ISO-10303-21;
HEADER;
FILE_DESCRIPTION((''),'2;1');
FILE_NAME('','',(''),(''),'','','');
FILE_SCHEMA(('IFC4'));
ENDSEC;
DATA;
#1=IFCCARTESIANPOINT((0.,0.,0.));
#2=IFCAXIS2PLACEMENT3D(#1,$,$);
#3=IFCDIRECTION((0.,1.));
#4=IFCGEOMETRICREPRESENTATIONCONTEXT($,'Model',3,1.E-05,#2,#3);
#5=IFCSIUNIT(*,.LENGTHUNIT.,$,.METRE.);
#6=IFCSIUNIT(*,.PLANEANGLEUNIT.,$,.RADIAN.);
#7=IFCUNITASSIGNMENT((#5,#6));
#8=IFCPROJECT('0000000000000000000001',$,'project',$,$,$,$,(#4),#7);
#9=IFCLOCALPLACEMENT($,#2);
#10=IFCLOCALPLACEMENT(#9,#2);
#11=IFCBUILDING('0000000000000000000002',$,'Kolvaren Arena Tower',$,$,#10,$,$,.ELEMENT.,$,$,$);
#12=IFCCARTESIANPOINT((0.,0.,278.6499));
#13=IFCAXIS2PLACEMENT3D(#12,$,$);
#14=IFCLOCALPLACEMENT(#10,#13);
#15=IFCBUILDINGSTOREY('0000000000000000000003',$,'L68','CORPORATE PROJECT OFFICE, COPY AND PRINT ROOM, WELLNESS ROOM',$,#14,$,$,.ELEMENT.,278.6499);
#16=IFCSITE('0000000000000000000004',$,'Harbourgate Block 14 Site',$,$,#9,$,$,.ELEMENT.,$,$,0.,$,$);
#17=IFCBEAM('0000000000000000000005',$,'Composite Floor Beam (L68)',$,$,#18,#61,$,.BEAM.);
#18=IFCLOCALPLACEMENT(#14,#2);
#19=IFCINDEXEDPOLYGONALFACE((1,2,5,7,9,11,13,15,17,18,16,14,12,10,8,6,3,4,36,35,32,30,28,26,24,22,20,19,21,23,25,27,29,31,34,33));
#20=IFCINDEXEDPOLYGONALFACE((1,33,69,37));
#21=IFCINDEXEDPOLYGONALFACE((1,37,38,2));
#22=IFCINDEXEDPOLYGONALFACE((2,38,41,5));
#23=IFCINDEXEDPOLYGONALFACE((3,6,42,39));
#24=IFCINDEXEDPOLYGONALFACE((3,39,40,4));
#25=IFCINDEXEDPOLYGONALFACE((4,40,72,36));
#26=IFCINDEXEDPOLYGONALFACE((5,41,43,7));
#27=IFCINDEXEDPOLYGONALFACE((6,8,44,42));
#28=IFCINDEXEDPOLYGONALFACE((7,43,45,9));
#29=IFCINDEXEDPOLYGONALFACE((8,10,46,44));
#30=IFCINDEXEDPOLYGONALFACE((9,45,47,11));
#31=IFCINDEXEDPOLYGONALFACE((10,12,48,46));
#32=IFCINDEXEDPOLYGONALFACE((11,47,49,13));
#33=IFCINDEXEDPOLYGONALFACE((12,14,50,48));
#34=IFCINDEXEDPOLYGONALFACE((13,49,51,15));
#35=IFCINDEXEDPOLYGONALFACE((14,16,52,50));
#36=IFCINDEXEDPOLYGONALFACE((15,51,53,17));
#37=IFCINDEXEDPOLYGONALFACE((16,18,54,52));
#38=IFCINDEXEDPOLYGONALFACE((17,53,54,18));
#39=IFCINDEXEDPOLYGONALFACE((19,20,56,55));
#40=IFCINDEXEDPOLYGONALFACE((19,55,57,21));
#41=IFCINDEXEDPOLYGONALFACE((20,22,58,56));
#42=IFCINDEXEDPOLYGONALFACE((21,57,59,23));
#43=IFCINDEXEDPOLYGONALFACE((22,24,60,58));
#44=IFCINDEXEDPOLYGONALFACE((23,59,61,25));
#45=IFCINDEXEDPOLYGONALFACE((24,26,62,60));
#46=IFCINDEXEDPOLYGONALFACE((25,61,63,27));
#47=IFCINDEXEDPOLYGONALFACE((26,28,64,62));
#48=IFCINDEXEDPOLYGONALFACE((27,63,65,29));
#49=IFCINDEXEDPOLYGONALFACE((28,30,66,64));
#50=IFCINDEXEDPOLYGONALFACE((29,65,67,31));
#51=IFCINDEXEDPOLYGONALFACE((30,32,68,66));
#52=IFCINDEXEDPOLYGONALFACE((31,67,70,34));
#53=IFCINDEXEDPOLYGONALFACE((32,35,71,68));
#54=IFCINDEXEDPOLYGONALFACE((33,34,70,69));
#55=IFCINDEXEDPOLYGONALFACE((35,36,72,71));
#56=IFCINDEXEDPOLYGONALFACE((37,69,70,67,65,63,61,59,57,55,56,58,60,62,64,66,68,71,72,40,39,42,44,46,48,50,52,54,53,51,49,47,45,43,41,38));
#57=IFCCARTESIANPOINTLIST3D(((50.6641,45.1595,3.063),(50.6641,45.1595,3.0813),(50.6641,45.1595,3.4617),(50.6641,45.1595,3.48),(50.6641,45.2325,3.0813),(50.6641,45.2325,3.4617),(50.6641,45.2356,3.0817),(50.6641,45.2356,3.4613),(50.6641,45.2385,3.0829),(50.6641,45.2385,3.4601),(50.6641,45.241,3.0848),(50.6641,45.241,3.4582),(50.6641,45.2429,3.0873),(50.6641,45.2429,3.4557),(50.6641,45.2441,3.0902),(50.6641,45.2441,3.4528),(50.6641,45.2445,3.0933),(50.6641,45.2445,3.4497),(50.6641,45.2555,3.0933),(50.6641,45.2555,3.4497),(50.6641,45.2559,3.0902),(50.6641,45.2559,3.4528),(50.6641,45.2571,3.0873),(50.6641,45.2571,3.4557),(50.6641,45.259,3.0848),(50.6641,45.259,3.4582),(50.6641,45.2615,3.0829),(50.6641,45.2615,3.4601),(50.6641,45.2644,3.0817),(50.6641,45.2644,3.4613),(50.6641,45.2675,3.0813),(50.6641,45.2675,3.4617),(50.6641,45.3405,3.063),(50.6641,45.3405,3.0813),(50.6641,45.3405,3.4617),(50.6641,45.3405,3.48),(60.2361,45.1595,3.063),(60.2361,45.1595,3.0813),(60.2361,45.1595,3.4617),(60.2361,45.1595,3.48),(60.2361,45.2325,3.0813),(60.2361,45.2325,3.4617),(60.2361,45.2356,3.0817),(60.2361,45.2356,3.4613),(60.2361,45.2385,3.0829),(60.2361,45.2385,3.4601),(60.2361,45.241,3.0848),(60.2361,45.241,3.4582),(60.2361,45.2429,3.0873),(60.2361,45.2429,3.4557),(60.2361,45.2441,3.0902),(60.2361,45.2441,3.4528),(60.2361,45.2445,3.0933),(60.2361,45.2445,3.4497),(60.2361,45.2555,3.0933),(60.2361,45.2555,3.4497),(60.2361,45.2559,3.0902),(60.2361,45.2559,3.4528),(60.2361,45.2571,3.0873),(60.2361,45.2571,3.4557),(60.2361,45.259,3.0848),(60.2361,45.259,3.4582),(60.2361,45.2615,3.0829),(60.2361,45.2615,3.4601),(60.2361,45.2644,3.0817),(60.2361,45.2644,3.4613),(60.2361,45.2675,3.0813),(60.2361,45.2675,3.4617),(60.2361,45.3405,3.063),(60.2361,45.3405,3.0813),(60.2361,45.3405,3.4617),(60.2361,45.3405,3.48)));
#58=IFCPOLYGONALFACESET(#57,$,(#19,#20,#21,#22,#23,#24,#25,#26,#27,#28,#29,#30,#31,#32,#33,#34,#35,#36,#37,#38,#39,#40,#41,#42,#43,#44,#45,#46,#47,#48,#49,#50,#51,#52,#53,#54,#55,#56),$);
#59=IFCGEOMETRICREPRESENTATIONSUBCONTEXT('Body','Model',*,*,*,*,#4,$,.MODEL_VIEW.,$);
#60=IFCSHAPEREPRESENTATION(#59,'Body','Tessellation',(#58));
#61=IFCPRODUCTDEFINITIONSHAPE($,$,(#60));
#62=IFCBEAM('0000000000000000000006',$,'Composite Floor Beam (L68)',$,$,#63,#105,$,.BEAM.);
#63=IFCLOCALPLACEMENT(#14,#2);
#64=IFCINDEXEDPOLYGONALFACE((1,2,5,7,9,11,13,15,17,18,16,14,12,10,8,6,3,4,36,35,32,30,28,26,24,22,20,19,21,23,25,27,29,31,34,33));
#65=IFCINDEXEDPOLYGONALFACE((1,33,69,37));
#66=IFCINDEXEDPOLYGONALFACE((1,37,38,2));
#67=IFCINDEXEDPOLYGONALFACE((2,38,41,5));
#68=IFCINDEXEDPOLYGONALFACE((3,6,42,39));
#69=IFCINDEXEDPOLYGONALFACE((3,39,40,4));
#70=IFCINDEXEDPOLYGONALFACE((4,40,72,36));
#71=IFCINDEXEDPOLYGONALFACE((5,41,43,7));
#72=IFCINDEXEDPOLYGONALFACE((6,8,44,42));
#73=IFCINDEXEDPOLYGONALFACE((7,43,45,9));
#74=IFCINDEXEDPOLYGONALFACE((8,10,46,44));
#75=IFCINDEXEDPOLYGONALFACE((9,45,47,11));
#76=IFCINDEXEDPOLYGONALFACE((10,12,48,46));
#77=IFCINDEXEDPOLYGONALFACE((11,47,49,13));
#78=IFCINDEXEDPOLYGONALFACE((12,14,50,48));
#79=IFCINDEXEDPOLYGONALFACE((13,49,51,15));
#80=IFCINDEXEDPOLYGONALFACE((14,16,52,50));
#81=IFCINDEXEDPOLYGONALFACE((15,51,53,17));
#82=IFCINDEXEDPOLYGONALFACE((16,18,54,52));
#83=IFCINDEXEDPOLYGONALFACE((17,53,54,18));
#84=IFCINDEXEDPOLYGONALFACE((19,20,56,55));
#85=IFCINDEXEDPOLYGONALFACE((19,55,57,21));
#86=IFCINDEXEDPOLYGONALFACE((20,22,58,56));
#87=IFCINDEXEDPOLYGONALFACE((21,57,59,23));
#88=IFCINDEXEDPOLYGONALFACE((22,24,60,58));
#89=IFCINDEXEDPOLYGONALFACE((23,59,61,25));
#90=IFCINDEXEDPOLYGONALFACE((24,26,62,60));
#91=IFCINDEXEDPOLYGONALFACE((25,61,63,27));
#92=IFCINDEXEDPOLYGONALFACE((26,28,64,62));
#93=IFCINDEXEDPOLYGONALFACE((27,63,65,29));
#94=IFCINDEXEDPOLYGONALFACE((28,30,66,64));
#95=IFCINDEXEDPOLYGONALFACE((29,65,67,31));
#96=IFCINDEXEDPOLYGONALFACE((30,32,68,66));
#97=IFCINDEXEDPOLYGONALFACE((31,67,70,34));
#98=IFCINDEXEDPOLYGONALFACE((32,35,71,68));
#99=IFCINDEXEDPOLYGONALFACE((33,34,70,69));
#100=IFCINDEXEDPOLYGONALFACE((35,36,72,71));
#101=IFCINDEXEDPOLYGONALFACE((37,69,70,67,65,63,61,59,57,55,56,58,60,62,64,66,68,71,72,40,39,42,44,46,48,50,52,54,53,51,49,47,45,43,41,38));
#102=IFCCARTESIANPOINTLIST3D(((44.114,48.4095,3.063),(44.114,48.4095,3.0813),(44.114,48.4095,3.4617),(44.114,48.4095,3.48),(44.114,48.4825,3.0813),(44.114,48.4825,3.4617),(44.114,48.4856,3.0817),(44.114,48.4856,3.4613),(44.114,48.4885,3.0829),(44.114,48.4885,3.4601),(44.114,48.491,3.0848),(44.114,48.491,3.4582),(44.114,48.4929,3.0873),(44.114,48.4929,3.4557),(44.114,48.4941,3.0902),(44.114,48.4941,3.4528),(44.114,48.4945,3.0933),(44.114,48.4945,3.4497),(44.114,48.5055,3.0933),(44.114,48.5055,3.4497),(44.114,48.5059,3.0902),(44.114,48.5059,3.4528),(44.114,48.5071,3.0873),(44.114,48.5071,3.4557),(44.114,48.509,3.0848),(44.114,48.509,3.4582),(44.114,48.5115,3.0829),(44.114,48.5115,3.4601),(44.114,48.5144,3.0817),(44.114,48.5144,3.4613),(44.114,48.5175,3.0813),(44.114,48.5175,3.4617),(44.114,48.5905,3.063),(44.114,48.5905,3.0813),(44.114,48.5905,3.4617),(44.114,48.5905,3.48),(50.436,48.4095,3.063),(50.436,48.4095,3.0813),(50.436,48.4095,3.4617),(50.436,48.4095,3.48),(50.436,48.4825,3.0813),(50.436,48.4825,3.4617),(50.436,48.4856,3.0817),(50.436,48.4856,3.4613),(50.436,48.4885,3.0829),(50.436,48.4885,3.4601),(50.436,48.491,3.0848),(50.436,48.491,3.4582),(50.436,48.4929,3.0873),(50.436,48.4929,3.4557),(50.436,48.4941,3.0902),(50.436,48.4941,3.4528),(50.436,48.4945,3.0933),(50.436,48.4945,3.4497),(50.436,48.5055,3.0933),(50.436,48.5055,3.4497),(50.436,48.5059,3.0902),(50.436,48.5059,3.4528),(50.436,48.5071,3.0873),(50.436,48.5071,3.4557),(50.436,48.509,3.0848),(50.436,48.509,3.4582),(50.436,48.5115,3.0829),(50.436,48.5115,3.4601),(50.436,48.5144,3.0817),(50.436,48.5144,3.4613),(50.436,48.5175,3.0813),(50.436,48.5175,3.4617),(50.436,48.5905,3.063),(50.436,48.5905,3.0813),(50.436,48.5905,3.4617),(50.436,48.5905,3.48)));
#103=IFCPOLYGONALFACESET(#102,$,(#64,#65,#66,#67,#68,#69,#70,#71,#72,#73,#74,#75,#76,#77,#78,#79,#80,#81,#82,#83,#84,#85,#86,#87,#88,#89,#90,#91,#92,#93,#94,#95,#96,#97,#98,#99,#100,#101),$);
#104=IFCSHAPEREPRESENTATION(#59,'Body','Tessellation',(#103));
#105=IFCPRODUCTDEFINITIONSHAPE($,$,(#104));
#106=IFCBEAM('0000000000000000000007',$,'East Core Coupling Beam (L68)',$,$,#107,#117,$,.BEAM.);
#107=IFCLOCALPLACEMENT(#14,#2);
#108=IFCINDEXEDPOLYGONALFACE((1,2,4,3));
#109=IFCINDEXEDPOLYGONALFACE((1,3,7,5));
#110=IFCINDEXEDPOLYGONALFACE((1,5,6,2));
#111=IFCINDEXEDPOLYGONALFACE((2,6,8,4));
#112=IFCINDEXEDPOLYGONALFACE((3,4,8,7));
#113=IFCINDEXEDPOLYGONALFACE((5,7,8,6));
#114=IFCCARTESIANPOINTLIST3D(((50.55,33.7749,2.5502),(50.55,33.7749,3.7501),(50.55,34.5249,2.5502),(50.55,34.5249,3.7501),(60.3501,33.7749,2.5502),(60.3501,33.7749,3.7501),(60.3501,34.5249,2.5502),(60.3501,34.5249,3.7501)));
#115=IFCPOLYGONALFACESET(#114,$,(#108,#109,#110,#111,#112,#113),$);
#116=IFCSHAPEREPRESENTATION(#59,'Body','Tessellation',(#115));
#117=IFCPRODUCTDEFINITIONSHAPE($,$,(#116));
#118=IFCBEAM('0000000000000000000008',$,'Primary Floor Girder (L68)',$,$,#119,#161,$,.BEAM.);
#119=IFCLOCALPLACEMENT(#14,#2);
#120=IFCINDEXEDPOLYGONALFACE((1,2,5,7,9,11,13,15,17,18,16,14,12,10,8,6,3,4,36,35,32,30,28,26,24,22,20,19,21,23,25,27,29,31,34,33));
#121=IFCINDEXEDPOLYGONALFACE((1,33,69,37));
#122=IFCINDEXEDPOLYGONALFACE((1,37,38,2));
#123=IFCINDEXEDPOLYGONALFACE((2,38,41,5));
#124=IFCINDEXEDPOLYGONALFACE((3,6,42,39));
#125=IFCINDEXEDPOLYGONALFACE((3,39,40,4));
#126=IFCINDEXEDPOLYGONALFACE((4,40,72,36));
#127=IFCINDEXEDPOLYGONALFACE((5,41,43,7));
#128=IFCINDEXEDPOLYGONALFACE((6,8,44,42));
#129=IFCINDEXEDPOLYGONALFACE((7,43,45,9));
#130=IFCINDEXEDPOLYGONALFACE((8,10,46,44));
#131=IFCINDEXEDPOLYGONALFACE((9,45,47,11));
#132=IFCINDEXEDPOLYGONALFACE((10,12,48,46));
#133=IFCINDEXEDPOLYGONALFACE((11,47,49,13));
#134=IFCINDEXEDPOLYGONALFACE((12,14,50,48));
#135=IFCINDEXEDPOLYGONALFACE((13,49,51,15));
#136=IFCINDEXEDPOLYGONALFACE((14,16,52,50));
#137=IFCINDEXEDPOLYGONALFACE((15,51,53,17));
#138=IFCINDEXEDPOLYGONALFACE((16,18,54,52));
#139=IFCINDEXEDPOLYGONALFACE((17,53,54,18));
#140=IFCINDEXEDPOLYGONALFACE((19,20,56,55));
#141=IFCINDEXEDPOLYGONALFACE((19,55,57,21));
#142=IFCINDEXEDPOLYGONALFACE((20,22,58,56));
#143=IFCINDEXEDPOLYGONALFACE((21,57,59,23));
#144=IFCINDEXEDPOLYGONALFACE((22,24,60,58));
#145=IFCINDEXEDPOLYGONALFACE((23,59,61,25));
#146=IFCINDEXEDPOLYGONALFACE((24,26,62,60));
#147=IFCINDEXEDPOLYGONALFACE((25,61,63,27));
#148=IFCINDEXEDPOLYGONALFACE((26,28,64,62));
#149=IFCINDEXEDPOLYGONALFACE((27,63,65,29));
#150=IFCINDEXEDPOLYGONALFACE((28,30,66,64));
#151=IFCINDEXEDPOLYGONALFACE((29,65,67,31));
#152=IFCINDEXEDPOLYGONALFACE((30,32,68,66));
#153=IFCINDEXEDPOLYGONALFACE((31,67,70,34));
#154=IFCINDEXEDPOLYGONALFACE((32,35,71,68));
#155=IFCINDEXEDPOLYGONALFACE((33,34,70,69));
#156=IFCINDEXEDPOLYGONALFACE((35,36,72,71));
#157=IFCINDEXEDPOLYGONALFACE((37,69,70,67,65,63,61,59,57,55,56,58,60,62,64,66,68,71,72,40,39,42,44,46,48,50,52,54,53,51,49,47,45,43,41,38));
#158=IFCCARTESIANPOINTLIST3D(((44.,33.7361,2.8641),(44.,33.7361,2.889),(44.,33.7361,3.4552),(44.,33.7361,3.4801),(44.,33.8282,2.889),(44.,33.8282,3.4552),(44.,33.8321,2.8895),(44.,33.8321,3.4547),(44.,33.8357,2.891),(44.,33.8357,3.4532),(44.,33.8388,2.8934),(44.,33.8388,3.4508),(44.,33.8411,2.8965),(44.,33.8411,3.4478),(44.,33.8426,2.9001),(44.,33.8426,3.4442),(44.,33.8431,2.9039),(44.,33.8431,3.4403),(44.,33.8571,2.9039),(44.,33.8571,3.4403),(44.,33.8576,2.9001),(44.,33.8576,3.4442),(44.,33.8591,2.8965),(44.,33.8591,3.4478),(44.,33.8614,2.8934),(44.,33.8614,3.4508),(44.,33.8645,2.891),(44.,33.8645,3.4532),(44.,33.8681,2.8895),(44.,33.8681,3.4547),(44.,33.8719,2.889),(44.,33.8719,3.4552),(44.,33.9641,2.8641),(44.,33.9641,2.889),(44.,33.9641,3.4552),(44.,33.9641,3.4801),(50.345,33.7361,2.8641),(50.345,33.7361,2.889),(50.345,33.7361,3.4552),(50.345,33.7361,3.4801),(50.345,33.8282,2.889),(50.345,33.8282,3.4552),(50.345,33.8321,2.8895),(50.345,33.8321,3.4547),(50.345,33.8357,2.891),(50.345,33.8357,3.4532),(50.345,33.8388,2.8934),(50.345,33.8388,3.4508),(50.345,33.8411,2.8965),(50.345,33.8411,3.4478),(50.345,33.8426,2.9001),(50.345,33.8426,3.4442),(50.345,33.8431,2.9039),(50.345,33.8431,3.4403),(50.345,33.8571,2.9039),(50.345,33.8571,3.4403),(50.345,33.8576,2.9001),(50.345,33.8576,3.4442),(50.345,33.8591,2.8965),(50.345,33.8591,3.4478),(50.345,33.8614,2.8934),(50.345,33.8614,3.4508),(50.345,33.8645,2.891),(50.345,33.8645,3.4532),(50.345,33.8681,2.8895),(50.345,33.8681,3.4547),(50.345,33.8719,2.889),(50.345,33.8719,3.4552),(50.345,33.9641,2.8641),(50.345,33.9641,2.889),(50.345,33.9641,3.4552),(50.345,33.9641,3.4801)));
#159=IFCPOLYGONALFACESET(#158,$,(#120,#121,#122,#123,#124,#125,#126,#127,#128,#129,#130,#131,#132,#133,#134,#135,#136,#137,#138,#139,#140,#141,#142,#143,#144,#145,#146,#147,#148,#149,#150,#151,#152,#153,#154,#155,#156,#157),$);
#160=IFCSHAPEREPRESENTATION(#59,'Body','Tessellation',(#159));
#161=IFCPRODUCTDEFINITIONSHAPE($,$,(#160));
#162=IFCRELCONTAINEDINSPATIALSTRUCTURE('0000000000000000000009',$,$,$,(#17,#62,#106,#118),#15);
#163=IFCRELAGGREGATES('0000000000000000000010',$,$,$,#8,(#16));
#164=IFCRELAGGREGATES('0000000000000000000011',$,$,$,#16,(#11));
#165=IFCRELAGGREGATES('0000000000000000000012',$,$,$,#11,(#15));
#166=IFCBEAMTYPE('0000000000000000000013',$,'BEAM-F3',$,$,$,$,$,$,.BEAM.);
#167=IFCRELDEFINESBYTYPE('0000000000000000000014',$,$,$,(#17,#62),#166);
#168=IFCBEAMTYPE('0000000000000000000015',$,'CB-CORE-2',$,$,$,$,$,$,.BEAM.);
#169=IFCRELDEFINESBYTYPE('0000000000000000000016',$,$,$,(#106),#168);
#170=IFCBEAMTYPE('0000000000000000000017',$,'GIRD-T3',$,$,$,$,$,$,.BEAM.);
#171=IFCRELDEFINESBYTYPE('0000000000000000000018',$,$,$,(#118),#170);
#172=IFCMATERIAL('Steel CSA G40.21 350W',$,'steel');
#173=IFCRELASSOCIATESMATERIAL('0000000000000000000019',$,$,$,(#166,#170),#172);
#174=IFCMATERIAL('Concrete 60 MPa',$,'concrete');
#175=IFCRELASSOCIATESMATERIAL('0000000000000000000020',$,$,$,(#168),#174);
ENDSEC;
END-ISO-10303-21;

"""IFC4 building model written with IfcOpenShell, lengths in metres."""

from ifc_helpers import new_model, si_unit, direction, frame, origin, origin_2d, place, context, subcontext, project, spatial, rectangle, i_section, extrude, material, material_profile, profile_set, type_object, element, save


model = new_model("IFC4")

# Units and contexts
model_context = context("Model", 3, precision=1e-05, world=origin(), true_north=direction((0.0, 1.0)))
body_context = subcontext(model_context, "Body", "Model", "MODEL_VIEW")
ifc_project = project(units=[si_unit("LENGTHUNIT", "METRE"), si_unit("PLANEANGLEUNIT", "RADIAN")], contexts=[model_context])

# Site, building, storey
site_placement = place(None, origin())
site = spatial("IfcSite", under=ifc_project, at=site_placement, Name="Harbourgate Block 14 Site", CompositionType="ELEMENT", RefElevation=0.0)
building_placement = place(site_placement, origin())
building = spatial("IfcBuilding", under=site, at=building_placement, Name="Kolvaren Arena Tower", CompositionType="ELEMENT")
storey_placement = place(building_placement, frame((0.0, 0.0, 278.6499)))
storey = spatial("IfcBuildingStorey", under=building, at=storey_placement, Name="L68", Description="CORPORATE PROJECT OFFICE, COPY AND PRINT ROOM, WELLNESS ROOM", CompositionType="ELEMENT", Elevation=278.6499)

# Beams
ifc_material_1 = material(Name="Steel CSA G40.21 350W", Category="steel")
ifc_material_profile_1 = material_profile(ifc_material_1, i_section(OverallWidth=0.1809, OverallDepth=0.417, WebThickness=0.011, FlangeThickness=0.0183, FilletRadius=0.012, at=origin_2d()), Name="W410x85")
ifc_profile_set_1 = profile_set([ifc_material_profile_1], Name="Steel CSA G40.21 350W")
beam_type_1 = type_object("IfcBeamType", Name="BEAM-F3", PredefinedType="BEAM", material=ifc_profile_set_1)
beam_1_placement = place(storey_placement, frame((50.6641, 45.25, 3.2715), z_axis=(1.0, 0.0, 0.0), x_axis=(0.0, 1.0, 0.0)))
element("IfcBeam", 1, at=beam_1_placement, inside=storey, type_object=beam_type_1, Name="Composite Floor Beam (L68)", PredefinedType="BEAM", context=body_context, shape_type="SweptSolid", body=[
    extrude(i_section(OverallWidth=0.1809, OverallDepth=0.417, WebThickness=0.011, FlangeThickness=0.0183, FilletRadius=0.012, at=origin_2d()), origin(), (0.0, 0.0, 1.0), 9.572),
])
beam_2_placement = place(storey_placement, frame((44.114, 48.5, 3.2715), z_axis=(1.0, 0.0, 0.0), x_axis=(0.0, 1.0, 0.0)))
element("IfcBeam", 2, at=beam_2_placement, inside=storey, type_object=beam_type_1, Name="Composite Floor Beam (L68)", PredefinedType="BEAM", context=body_context, shape_type="SweptSolid", body=[
    extrude(i_section(OverallWidth=0.1809, OverallDepth=0.417, WebThickness=0.011, FlangeThickness=0.0183, FilletRadius=0.012, at=origin_2d()), origin(), (0.0, 0.0, 1.0), 6.322),
])
ifc_material_2 = material(Name="Concrete 60 MPa", Category="concrete")
ifc_material_profile_2 = material_profile(ifc_material_2, rectangle(XDim=0.75, YDim=1.2, at=origin_2d()), Name="RC-750x1200")
ifc_profile_set_2 = profile_set([ifc_material_profile_2], Name="Concrete 60 MPa")
beam_type_2 = type_object("IfcBeamType", Name="CB-CORE-2", PredefinedType="BEAM", material=ifc_profile_set_2)
beam_3_placement = place(storey_placement, frame((50.55, 34.1499, 3.1501), z_axis=(1.0, 0.0, 0.0), x_axis=(0.0, 1.0, 0.0)))
element("IfcBeam", 3, at=beam_3_placement, inside=storey, type_object=beam_type_2, Name="East Core Coupling Beam (L68)", PredefinedType="BEAM", context=body_context, shape_type="SweptSolid", body=[
    extrude(rectangle(XDim=0.75, YDim=1.2, at=origin_2d()), origin(), (0.0, 0.0, 1.0), 9.8),
])
ifc_material_profile_3 = material_profile(ifc_material_1, i_section(OverallWidth=0.228, OverallDepth=0.616, WebThickness=0.0139, FlangeThickness=0.0249, FilletRadius=0.0149, at=origin_2d()), Name="W610x174")
ifc_profile_set_3 = profile_set([ifc_material_profile_3], Name="Steel CSA G40.21 350W")
beam_type_3 = type_object("IfcBeamType", Name="GIRD-T3", PredefinedType="BEAM", material=ifc_profile_set_3)
beam_4_placement = place(storey_placement, frame((44.0, 33.8501, 3.1721), z_axis=(1.0, 0.0, 0.0), x_axis=(0.0, 1.0, 0.0)))
element("IfcBeam", 4, at=beam_4_placement, inside=storey, type_object=beam_type_3, Name="Primary Floor Girder (L68)", PredefinedType="BEAM", context=body_context, shape_type="SweptSolid", body=[
    extrude(i_section(OverallWidth=0.228, OverallDepth=0.616, WebThickness=0.0139, FlangeThickness=0.0249, FilletRadius=0.0149, at=origin_2d()), origin(), (0.0, 0.0, 1.0), 6.345),
])

save(model, "model.ifc")
